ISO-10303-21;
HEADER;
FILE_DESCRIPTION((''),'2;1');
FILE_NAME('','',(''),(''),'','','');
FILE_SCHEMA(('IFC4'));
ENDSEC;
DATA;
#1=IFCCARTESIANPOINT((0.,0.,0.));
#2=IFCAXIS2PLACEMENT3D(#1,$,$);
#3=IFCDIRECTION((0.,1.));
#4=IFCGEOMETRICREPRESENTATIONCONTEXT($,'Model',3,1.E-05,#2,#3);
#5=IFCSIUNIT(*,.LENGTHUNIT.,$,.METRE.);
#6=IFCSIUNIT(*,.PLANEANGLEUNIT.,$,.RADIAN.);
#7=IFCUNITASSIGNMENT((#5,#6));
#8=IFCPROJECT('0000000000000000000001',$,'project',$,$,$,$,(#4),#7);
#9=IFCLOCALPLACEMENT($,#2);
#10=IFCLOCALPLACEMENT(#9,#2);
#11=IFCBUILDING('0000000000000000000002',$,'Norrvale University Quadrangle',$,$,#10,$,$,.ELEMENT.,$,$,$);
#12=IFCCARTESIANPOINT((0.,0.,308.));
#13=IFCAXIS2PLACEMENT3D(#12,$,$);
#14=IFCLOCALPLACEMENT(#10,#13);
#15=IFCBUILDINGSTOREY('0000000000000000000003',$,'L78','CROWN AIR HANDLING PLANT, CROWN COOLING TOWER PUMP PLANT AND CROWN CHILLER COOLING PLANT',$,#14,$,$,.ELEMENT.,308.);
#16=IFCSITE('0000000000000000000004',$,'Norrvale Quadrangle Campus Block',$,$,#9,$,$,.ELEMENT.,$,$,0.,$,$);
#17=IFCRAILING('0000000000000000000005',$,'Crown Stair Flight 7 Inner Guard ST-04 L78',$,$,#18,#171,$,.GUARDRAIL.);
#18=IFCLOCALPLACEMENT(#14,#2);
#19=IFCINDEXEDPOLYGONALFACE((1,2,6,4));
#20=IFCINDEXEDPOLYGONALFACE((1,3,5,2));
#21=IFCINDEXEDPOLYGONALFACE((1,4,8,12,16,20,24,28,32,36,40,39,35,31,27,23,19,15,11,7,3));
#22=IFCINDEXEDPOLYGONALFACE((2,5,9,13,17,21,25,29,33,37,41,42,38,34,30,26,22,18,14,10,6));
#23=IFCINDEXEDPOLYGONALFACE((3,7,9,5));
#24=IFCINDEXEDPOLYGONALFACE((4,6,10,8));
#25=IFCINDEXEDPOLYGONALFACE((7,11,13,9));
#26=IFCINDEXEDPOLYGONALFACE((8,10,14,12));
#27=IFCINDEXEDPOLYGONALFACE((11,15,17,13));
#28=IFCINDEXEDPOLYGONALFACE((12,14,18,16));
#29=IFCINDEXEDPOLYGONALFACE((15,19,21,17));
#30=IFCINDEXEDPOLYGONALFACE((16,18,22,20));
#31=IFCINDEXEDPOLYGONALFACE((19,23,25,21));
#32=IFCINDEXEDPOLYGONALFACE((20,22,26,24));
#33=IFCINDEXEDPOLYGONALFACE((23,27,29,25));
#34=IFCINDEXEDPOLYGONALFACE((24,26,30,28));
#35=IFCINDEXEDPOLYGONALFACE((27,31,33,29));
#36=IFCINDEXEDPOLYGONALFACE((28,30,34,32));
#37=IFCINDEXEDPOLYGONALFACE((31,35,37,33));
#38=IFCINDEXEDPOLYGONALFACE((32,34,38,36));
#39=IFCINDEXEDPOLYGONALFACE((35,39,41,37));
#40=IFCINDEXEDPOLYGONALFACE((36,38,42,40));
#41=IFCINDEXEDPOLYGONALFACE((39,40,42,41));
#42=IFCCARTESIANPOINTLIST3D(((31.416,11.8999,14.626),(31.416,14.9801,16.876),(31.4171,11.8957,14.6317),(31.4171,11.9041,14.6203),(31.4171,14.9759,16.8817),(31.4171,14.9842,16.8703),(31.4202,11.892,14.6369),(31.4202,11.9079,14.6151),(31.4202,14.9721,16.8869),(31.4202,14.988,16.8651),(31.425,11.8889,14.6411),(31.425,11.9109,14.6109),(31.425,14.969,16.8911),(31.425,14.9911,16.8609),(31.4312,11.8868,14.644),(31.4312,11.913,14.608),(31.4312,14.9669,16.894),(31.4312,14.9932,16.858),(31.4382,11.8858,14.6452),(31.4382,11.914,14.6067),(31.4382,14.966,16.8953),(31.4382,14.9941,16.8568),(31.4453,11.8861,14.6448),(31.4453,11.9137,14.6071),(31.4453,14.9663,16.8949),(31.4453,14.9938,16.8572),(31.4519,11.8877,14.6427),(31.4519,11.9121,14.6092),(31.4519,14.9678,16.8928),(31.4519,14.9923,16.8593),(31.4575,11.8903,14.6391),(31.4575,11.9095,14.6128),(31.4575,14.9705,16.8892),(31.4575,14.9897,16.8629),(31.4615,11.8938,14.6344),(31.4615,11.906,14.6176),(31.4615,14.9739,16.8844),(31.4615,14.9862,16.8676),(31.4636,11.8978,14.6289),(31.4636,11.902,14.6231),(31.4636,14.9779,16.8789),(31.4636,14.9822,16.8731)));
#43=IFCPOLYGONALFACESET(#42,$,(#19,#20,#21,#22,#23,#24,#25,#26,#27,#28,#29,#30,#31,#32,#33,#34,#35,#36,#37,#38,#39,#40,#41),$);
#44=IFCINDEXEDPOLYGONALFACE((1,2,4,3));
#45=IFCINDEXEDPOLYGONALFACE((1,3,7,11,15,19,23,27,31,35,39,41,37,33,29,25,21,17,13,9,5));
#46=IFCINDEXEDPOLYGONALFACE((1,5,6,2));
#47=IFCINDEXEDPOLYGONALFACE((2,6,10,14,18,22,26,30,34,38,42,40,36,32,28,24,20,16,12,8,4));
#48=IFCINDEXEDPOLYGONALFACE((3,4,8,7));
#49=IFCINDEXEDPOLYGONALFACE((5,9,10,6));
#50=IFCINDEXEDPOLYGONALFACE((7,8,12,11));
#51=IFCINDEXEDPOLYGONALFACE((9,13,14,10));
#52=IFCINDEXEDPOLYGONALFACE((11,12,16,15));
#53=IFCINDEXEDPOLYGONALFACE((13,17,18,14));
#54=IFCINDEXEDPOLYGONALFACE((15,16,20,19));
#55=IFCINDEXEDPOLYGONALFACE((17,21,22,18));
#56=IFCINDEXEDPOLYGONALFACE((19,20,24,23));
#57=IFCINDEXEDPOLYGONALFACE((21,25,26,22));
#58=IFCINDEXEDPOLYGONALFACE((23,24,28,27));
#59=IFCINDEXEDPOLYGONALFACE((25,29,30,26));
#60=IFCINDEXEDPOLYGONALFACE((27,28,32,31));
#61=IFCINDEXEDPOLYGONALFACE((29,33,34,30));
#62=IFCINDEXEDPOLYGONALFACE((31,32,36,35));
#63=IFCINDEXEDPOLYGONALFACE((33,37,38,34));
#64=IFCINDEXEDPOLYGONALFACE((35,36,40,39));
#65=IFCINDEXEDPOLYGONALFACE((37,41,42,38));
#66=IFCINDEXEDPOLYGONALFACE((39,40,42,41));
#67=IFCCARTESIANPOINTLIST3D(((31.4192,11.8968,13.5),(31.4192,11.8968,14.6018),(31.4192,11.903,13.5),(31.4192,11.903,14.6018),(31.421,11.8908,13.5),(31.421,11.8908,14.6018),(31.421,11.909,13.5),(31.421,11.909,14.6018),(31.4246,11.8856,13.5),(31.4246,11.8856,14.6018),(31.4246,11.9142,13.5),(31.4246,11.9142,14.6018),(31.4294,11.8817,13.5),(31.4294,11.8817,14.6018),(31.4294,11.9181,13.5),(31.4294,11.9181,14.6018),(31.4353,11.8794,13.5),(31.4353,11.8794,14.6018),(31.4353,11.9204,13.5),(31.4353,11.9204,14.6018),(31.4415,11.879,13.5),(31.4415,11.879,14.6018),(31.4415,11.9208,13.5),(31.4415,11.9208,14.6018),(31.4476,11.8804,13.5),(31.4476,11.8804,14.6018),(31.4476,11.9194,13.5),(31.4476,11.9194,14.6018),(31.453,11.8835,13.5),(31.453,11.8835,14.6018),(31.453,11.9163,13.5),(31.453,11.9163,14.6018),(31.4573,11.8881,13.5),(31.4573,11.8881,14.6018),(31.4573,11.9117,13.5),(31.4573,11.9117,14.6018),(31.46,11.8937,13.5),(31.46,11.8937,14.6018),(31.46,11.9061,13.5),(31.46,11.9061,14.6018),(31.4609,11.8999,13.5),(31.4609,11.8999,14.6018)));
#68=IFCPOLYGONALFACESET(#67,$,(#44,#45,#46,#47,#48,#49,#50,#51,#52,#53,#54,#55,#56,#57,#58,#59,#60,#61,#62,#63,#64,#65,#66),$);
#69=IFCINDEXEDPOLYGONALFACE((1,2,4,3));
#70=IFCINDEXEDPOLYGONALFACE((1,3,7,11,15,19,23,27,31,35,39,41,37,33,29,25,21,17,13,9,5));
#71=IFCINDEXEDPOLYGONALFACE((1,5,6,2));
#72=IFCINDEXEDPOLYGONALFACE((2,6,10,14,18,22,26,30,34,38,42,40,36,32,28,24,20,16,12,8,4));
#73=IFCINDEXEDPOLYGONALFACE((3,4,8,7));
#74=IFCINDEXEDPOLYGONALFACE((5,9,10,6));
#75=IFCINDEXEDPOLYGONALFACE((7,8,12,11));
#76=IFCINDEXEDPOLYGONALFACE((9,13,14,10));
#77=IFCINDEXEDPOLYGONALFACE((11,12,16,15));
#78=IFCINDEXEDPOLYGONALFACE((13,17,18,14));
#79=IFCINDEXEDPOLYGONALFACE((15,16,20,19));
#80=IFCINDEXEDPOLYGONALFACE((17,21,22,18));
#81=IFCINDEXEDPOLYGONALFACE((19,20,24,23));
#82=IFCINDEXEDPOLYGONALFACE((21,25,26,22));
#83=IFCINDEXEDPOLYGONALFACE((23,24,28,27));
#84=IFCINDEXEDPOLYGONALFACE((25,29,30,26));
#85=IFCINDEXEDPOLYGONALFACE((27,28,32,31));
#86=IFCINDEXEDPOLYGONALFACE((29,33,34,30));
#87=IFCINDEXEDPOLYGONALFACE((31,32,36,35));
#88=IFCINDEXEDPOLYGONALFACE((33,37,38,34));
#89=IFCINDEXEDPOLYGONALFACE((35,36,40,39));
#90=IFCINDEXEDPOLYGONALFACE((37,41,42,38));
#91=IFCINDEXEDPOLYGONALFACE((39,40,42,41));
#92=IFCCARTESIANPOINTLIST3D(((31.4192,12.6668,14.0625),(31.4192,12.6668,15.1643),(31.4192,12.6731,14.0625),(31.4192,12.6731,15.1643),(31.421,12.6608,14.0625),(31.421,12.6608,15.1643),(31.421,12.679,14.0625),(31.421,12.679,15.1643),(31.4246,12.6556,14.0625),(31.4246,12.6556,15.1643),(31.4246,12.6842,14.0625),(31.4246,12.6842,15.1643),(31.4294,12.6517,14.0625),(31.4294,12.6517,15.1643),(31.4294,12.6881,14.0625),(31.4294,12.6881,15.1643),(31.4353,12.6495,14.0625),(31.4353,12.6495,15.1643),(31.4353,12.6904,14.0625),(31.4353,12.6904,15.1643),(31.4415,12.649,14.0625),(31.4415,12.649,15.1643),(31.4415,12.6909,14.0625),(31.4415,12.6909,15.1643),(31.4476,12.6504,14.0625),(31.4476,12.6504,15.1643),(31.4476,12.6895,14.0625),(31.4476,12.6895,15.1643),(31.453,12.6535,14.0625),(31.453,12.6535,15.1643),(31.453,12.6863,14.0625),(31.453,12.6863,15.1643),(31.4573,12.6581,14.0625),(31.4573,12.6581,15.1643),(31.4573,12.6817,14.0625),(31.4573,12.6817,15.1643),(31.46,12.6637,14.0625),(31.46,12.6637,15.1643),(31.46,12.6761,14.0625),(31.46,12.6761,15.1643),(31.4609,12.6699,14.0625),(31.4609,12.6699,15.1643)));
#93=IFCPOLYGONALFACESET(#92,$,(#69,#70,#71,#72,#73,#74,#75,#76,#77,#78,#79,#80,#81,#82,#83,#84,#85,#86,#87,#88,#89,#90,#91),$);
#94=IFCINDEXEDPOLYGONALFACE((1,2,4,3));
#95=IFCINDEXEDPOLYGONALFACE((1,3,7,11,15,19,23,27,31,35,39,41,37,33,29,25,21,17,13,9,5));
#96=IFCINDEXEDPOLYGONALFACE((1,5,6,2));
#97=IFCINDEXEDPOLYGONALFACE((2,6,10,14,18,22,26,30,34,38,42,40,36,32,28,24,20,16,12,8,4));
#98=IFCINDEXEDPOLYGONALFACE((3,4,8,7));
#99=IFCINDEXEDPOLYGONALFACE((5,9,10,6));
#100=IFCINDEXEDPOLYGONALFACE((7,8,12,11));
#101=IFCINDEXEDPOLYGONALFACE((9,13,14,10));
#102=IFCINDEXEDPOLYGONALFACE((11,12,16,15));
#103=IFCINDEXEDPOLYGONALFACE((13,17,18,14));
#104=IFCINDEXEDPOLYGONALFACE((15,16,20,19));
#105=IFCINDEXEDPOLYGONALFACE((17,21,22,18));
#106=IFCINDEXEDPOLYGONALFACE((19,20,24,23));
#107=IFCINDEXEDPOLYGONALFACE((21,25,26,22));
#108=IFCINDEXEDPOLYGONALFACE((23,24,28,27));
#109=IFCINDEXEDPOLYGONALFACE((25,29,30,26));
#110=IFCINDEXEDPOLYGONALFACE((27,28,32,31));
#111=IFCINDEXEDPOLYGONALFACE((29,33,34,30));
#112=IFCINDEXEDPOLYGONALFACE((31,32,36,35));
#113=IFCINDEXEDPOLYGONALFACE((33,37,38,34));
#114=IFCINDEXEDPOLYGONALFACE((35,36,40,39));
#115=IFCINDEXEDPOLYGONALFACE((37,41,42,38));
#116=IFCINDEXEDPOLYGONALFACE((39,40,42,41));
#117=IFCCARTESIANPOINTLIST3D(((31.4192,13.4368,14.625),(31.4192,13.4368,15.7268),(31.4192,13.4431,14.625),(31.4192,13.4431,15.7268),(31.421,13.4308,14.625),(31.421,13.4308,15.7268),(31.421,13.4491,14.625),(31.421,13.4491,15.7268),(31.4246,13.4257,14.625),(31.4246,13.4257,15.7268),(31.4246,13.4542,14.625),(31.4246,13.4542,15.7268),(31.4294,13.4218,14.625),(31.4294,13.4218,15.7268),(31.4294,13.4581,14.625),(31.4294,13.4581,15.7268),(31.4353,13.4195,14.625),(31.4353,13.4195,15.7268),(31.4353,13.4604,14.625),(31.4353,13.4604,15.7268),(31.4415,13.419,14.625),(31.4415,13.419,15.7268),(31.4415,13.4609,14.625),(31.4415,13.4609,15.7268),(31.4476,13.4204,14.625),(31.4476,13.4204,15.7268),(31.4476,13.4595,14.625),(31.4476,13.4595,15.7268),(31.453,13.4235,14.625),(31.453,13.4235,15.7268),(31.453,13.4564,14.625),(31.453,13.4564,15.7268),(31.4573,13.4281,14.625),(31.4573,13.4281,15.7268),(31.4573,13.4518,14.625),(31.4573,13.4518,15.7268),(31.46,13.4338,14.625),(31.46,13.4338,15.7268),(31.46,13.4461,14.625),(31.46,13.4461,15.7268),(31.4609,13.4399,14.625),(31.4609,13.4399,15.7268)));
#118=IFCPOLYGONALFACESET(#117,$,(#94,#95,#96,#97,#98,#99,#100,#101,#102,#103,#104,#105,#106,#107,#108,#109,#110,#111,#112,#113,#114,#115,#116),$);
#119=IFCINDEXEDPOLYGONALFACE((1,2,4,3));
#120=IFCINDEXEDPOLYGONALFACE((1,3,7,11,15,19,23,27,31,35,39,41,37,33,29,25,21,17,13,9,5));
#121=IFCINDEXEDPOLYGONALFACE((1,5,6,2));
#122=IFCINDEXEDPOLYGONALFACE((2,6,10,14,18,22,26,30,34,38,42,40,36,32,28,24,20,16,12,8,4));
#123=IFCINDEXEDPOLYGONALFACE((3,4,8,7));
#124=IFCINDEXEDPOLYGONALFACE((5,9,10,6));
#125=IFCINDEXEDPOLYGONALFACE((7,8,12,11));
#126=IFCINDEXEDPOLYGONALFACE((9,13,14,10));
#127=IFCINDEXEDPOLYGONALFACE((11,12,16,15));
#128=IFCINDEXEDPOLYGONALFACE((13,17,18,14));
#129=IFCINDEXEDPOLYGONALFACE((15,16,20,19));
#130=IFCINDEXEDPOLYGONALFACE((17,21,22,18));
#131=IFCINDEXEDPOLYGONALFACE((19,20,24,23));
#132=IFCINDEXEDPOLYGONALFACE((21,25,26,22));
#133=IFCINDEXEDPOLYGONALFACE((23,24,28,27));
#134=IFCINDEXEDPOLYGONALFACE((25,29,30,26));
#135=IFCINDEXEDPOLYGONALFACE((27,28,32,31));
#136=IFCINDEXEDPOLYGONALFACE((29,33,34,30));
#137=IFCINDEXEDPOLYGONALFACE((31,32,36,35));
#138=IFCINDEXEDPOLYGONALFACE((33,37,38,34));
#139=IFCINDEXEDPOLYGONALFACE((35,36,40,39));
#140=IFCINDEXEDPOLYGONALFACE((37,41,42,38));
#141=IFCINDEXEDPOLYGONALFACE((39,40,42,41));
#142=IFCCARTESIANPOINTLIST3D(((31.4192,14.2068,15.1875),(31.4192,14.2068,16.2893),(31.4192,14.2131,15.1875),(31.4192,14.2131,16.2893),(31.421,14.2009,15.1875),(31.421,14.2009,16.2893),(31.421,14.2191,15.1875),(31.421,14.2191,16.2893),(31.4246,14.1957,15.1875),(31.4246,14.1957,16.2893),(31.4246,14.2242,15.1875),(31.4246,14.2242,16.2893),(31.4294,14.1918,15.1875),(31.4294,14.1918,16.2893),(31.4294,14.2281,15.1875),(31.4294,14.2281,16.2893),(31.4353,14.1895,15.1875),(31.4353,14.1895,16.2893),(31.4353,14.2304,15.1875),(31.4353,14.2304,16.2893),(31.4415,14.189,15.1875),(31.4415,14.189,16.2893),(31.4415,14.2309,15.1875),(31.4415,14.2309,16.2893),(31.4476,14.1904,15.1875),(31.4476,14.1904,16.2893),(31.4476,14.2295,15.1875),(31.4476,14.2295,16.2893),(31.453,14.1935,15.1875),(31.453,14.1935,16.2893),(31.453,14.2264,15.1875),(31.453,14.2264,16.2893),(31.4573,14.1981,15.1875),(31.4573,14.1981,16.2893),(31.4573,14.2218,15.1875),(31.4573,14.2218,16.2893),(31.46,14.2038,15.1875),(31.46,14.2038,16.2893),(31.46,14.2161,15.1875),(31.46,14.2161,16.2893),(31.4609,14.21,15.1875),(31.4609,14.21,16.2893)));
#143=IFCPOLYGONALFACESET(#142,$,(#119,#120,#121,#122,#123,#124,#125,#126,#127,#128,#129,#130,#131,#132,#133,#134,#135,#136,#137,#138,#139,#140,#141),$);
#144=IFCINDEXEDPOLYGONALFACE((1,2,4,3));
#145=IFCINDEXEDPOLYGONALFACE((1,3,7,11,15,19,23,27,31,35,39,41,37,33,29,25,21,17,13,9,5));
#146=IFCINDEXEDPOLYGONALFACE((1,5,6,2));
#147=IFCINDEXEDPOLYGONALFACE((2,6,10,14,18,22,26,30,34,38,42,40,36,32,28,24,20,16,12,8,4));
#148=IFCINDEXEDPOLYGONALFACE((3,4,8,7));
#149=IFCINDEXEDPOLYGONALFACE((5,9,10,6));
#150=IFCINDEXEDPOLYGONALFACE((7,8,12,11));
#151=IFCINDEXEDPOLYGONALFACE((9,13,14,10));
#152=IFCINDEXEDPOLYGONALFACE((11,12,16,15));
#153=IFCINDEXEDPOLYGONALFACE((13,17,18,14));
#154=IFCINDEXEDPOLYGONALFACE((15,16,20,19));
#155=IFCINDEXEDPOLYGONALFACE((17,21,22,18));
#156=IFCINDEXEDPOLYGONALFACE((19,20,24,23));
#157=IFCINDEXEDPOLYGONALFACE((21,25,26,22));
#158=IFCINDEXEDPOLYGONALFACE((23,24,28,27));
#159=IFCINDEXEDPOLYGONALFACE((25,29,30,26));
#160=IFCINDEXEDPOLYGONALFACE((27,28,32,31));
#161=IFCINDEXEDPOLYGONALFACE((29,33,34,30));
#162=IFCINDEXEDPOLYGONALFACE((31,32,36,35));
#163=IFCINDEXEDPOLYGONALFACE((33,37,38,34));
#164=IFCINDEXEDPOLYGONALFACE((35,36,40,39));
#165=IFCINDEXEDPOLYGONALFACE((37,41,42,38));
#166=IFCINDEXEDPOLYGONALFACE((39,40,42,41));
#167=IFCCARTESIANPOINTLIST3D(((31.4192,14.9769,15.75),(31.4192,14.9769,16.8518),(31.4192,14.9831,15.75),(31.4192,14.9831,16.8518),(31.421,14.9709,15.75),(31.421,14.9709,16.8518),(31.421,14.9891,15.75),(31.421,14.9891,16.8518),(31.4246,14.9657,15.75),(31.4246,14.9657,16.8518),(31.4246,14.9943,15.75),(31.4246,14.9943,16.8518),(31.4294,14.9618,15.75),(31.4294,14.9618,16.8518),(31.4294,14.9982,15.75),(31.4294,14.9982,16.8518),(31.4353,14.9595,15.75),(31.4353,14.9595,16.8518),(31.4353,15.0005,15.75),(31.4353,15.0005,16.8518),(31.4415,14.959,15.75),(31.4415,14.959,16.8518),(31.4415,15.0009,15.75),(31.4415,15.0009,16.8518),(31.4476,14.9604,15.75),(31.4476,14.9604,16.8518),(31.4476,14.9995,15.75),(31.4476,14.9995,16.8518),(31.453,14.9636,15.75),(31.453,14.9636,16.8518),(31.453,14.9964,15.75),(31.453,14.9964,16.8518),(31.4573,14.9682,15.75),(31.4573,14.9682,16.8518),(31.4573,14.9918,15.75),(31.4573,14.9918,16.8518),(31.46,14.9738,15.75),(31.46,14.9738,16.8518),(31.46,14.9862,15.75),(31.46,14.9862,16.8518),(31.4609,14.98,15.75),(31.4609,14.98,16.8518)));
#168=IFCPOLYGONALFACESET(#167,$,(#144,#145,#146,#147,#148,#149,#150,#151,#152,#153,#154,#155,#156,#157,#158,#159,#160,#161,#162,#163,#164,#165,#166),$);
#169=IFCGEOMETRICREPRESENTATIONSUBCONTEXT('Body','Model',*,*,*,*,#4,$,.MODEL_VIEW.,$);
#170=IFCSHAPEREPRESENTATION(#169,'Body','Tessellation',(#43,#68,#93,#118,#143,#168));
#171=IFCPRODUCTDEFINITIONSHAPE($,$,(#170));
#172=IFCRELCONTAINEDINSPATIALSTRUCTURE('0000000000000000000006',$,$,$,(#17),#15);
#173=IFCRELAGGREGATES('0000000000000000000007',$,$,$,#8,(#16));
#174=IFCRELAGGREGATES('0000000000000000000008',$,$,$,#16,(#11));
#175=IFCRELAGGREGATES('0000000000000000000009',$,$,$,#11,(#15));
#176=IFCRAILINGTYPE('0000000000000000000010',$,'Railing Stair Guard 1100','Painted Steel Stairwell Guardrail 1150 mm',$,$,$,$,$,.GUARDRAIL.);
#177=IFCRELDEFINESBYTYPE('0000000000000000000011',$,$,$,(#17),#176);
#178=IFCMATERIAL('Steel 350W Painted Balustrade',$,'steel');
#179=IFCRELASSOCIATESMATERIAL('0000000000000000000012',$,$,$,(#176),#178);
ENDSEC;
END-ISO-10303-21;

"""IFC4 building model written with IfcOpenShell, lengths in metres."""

from ifc_helpers import new_model, si_unit, direction, frame, origin, origin_2d, place, context, subcontext, project, spatial, circle, extrude, material, type_object, element, save


model = new_model("IFC4")

# Units and contexts
model_context = context("Model", 3, precision=1e-05, world=origin(), true_north=direction((0.0, 1.0)))
body_context = subcontext(model_context, "Body", "Model", "MODEL_VIEW")
ifc_project = project(units=[si_unit("LENGTHUNIT", "METRE"), si_unit("PLANEANGLEUNIT", "RADIAN")], contexts=[model_context])

# Site, building, storey
site_placement = place(None, origin())
site = spatial("IfcSite", under=ifc_project, at=site_placement, Name="Norrvale Quadrangle Campus Block", CompositionType="ELEMENT", RefElevation=0.0)
building_placement = place(site_placement, origin())
building = spatial("IfcBuilding", under=site, at=building_placement, Name="Norrvale University Quadrangle", CompositionType="ELEMENT")
storey_placement = place(building_placement, frame((0.0, 0.0, 308.0)))
storey = spatial("IfcBuildingStorey", under=building, at=storey_placement, Name="L78", Description="CROWN AIR HANDLING PLANT, CROWN COOLING TOWER PUMP PLANT AND CROWN CHILLER COOLING PLANT", CompositionType="ELEMENT", Elevation=308.0)

# Railing
ifc_material_1 = material(Name="Steel 350W Painted Balustrade", Category="steel")
railing_type_1 = type_object("IfcRailingType", Name="Railing Stair Guard 1100", Description="Painted Steel Stairwell Guardrail 1150 mm", PredefinedType="GUARDRAIL", material=ifc_material_1)
railing_1_placement = place(storey_placement, frame((31.4399, 11.8999, 13.5)))
element("IfcRailing", 1, at=railing_1_placement, inside=storey, type_object=railing_type_1, Name="Crown Stair Flight 7 Inner Guard ST-04 L78", PredefinedType="GUARDRAIL", context=body_context, shape_type="SweptSolid", body=[
    extrude(circle(Radius=0.0239, at=origin_2d()), frame((0.0, 0.0, 1.126), z_axis=(0.0, 0.807494, 0.589875), x_axis=(-1.0, 0.0, 0.0)), (0.0, 0.0, 1.0), 3.8145),
    extrude(circle(Radius=0.021, at=origin_2d()), origin(), (0.0, 0.0, 1.0), 1.1018),
    extrude(circle(Radius=0.021, at=origin_2d()), frame((0.0, 0.77, 0.5625)), (0.0, 0.0, 1.0), 1.1018),
    extrude(circle(Radius=0.021, at=origin_2d()), frame((0.0, 1.54, 1.125)), (0.0, 0.0, 1.0), 1.1018),
    extrude(circle(Radius=0.021, at=origin_2d()), frame((0.0, 2.3101, 1.6875)), (0.0, 0.0, 1.0), 1.1018),
    extrude(circle(Radius=0.021, at=origin_2d()), frame((0.0, 3.0801, 2.25)), (0.0, 0.0, 1.0), 1.1018),
])

save(model, "model.ifc")
